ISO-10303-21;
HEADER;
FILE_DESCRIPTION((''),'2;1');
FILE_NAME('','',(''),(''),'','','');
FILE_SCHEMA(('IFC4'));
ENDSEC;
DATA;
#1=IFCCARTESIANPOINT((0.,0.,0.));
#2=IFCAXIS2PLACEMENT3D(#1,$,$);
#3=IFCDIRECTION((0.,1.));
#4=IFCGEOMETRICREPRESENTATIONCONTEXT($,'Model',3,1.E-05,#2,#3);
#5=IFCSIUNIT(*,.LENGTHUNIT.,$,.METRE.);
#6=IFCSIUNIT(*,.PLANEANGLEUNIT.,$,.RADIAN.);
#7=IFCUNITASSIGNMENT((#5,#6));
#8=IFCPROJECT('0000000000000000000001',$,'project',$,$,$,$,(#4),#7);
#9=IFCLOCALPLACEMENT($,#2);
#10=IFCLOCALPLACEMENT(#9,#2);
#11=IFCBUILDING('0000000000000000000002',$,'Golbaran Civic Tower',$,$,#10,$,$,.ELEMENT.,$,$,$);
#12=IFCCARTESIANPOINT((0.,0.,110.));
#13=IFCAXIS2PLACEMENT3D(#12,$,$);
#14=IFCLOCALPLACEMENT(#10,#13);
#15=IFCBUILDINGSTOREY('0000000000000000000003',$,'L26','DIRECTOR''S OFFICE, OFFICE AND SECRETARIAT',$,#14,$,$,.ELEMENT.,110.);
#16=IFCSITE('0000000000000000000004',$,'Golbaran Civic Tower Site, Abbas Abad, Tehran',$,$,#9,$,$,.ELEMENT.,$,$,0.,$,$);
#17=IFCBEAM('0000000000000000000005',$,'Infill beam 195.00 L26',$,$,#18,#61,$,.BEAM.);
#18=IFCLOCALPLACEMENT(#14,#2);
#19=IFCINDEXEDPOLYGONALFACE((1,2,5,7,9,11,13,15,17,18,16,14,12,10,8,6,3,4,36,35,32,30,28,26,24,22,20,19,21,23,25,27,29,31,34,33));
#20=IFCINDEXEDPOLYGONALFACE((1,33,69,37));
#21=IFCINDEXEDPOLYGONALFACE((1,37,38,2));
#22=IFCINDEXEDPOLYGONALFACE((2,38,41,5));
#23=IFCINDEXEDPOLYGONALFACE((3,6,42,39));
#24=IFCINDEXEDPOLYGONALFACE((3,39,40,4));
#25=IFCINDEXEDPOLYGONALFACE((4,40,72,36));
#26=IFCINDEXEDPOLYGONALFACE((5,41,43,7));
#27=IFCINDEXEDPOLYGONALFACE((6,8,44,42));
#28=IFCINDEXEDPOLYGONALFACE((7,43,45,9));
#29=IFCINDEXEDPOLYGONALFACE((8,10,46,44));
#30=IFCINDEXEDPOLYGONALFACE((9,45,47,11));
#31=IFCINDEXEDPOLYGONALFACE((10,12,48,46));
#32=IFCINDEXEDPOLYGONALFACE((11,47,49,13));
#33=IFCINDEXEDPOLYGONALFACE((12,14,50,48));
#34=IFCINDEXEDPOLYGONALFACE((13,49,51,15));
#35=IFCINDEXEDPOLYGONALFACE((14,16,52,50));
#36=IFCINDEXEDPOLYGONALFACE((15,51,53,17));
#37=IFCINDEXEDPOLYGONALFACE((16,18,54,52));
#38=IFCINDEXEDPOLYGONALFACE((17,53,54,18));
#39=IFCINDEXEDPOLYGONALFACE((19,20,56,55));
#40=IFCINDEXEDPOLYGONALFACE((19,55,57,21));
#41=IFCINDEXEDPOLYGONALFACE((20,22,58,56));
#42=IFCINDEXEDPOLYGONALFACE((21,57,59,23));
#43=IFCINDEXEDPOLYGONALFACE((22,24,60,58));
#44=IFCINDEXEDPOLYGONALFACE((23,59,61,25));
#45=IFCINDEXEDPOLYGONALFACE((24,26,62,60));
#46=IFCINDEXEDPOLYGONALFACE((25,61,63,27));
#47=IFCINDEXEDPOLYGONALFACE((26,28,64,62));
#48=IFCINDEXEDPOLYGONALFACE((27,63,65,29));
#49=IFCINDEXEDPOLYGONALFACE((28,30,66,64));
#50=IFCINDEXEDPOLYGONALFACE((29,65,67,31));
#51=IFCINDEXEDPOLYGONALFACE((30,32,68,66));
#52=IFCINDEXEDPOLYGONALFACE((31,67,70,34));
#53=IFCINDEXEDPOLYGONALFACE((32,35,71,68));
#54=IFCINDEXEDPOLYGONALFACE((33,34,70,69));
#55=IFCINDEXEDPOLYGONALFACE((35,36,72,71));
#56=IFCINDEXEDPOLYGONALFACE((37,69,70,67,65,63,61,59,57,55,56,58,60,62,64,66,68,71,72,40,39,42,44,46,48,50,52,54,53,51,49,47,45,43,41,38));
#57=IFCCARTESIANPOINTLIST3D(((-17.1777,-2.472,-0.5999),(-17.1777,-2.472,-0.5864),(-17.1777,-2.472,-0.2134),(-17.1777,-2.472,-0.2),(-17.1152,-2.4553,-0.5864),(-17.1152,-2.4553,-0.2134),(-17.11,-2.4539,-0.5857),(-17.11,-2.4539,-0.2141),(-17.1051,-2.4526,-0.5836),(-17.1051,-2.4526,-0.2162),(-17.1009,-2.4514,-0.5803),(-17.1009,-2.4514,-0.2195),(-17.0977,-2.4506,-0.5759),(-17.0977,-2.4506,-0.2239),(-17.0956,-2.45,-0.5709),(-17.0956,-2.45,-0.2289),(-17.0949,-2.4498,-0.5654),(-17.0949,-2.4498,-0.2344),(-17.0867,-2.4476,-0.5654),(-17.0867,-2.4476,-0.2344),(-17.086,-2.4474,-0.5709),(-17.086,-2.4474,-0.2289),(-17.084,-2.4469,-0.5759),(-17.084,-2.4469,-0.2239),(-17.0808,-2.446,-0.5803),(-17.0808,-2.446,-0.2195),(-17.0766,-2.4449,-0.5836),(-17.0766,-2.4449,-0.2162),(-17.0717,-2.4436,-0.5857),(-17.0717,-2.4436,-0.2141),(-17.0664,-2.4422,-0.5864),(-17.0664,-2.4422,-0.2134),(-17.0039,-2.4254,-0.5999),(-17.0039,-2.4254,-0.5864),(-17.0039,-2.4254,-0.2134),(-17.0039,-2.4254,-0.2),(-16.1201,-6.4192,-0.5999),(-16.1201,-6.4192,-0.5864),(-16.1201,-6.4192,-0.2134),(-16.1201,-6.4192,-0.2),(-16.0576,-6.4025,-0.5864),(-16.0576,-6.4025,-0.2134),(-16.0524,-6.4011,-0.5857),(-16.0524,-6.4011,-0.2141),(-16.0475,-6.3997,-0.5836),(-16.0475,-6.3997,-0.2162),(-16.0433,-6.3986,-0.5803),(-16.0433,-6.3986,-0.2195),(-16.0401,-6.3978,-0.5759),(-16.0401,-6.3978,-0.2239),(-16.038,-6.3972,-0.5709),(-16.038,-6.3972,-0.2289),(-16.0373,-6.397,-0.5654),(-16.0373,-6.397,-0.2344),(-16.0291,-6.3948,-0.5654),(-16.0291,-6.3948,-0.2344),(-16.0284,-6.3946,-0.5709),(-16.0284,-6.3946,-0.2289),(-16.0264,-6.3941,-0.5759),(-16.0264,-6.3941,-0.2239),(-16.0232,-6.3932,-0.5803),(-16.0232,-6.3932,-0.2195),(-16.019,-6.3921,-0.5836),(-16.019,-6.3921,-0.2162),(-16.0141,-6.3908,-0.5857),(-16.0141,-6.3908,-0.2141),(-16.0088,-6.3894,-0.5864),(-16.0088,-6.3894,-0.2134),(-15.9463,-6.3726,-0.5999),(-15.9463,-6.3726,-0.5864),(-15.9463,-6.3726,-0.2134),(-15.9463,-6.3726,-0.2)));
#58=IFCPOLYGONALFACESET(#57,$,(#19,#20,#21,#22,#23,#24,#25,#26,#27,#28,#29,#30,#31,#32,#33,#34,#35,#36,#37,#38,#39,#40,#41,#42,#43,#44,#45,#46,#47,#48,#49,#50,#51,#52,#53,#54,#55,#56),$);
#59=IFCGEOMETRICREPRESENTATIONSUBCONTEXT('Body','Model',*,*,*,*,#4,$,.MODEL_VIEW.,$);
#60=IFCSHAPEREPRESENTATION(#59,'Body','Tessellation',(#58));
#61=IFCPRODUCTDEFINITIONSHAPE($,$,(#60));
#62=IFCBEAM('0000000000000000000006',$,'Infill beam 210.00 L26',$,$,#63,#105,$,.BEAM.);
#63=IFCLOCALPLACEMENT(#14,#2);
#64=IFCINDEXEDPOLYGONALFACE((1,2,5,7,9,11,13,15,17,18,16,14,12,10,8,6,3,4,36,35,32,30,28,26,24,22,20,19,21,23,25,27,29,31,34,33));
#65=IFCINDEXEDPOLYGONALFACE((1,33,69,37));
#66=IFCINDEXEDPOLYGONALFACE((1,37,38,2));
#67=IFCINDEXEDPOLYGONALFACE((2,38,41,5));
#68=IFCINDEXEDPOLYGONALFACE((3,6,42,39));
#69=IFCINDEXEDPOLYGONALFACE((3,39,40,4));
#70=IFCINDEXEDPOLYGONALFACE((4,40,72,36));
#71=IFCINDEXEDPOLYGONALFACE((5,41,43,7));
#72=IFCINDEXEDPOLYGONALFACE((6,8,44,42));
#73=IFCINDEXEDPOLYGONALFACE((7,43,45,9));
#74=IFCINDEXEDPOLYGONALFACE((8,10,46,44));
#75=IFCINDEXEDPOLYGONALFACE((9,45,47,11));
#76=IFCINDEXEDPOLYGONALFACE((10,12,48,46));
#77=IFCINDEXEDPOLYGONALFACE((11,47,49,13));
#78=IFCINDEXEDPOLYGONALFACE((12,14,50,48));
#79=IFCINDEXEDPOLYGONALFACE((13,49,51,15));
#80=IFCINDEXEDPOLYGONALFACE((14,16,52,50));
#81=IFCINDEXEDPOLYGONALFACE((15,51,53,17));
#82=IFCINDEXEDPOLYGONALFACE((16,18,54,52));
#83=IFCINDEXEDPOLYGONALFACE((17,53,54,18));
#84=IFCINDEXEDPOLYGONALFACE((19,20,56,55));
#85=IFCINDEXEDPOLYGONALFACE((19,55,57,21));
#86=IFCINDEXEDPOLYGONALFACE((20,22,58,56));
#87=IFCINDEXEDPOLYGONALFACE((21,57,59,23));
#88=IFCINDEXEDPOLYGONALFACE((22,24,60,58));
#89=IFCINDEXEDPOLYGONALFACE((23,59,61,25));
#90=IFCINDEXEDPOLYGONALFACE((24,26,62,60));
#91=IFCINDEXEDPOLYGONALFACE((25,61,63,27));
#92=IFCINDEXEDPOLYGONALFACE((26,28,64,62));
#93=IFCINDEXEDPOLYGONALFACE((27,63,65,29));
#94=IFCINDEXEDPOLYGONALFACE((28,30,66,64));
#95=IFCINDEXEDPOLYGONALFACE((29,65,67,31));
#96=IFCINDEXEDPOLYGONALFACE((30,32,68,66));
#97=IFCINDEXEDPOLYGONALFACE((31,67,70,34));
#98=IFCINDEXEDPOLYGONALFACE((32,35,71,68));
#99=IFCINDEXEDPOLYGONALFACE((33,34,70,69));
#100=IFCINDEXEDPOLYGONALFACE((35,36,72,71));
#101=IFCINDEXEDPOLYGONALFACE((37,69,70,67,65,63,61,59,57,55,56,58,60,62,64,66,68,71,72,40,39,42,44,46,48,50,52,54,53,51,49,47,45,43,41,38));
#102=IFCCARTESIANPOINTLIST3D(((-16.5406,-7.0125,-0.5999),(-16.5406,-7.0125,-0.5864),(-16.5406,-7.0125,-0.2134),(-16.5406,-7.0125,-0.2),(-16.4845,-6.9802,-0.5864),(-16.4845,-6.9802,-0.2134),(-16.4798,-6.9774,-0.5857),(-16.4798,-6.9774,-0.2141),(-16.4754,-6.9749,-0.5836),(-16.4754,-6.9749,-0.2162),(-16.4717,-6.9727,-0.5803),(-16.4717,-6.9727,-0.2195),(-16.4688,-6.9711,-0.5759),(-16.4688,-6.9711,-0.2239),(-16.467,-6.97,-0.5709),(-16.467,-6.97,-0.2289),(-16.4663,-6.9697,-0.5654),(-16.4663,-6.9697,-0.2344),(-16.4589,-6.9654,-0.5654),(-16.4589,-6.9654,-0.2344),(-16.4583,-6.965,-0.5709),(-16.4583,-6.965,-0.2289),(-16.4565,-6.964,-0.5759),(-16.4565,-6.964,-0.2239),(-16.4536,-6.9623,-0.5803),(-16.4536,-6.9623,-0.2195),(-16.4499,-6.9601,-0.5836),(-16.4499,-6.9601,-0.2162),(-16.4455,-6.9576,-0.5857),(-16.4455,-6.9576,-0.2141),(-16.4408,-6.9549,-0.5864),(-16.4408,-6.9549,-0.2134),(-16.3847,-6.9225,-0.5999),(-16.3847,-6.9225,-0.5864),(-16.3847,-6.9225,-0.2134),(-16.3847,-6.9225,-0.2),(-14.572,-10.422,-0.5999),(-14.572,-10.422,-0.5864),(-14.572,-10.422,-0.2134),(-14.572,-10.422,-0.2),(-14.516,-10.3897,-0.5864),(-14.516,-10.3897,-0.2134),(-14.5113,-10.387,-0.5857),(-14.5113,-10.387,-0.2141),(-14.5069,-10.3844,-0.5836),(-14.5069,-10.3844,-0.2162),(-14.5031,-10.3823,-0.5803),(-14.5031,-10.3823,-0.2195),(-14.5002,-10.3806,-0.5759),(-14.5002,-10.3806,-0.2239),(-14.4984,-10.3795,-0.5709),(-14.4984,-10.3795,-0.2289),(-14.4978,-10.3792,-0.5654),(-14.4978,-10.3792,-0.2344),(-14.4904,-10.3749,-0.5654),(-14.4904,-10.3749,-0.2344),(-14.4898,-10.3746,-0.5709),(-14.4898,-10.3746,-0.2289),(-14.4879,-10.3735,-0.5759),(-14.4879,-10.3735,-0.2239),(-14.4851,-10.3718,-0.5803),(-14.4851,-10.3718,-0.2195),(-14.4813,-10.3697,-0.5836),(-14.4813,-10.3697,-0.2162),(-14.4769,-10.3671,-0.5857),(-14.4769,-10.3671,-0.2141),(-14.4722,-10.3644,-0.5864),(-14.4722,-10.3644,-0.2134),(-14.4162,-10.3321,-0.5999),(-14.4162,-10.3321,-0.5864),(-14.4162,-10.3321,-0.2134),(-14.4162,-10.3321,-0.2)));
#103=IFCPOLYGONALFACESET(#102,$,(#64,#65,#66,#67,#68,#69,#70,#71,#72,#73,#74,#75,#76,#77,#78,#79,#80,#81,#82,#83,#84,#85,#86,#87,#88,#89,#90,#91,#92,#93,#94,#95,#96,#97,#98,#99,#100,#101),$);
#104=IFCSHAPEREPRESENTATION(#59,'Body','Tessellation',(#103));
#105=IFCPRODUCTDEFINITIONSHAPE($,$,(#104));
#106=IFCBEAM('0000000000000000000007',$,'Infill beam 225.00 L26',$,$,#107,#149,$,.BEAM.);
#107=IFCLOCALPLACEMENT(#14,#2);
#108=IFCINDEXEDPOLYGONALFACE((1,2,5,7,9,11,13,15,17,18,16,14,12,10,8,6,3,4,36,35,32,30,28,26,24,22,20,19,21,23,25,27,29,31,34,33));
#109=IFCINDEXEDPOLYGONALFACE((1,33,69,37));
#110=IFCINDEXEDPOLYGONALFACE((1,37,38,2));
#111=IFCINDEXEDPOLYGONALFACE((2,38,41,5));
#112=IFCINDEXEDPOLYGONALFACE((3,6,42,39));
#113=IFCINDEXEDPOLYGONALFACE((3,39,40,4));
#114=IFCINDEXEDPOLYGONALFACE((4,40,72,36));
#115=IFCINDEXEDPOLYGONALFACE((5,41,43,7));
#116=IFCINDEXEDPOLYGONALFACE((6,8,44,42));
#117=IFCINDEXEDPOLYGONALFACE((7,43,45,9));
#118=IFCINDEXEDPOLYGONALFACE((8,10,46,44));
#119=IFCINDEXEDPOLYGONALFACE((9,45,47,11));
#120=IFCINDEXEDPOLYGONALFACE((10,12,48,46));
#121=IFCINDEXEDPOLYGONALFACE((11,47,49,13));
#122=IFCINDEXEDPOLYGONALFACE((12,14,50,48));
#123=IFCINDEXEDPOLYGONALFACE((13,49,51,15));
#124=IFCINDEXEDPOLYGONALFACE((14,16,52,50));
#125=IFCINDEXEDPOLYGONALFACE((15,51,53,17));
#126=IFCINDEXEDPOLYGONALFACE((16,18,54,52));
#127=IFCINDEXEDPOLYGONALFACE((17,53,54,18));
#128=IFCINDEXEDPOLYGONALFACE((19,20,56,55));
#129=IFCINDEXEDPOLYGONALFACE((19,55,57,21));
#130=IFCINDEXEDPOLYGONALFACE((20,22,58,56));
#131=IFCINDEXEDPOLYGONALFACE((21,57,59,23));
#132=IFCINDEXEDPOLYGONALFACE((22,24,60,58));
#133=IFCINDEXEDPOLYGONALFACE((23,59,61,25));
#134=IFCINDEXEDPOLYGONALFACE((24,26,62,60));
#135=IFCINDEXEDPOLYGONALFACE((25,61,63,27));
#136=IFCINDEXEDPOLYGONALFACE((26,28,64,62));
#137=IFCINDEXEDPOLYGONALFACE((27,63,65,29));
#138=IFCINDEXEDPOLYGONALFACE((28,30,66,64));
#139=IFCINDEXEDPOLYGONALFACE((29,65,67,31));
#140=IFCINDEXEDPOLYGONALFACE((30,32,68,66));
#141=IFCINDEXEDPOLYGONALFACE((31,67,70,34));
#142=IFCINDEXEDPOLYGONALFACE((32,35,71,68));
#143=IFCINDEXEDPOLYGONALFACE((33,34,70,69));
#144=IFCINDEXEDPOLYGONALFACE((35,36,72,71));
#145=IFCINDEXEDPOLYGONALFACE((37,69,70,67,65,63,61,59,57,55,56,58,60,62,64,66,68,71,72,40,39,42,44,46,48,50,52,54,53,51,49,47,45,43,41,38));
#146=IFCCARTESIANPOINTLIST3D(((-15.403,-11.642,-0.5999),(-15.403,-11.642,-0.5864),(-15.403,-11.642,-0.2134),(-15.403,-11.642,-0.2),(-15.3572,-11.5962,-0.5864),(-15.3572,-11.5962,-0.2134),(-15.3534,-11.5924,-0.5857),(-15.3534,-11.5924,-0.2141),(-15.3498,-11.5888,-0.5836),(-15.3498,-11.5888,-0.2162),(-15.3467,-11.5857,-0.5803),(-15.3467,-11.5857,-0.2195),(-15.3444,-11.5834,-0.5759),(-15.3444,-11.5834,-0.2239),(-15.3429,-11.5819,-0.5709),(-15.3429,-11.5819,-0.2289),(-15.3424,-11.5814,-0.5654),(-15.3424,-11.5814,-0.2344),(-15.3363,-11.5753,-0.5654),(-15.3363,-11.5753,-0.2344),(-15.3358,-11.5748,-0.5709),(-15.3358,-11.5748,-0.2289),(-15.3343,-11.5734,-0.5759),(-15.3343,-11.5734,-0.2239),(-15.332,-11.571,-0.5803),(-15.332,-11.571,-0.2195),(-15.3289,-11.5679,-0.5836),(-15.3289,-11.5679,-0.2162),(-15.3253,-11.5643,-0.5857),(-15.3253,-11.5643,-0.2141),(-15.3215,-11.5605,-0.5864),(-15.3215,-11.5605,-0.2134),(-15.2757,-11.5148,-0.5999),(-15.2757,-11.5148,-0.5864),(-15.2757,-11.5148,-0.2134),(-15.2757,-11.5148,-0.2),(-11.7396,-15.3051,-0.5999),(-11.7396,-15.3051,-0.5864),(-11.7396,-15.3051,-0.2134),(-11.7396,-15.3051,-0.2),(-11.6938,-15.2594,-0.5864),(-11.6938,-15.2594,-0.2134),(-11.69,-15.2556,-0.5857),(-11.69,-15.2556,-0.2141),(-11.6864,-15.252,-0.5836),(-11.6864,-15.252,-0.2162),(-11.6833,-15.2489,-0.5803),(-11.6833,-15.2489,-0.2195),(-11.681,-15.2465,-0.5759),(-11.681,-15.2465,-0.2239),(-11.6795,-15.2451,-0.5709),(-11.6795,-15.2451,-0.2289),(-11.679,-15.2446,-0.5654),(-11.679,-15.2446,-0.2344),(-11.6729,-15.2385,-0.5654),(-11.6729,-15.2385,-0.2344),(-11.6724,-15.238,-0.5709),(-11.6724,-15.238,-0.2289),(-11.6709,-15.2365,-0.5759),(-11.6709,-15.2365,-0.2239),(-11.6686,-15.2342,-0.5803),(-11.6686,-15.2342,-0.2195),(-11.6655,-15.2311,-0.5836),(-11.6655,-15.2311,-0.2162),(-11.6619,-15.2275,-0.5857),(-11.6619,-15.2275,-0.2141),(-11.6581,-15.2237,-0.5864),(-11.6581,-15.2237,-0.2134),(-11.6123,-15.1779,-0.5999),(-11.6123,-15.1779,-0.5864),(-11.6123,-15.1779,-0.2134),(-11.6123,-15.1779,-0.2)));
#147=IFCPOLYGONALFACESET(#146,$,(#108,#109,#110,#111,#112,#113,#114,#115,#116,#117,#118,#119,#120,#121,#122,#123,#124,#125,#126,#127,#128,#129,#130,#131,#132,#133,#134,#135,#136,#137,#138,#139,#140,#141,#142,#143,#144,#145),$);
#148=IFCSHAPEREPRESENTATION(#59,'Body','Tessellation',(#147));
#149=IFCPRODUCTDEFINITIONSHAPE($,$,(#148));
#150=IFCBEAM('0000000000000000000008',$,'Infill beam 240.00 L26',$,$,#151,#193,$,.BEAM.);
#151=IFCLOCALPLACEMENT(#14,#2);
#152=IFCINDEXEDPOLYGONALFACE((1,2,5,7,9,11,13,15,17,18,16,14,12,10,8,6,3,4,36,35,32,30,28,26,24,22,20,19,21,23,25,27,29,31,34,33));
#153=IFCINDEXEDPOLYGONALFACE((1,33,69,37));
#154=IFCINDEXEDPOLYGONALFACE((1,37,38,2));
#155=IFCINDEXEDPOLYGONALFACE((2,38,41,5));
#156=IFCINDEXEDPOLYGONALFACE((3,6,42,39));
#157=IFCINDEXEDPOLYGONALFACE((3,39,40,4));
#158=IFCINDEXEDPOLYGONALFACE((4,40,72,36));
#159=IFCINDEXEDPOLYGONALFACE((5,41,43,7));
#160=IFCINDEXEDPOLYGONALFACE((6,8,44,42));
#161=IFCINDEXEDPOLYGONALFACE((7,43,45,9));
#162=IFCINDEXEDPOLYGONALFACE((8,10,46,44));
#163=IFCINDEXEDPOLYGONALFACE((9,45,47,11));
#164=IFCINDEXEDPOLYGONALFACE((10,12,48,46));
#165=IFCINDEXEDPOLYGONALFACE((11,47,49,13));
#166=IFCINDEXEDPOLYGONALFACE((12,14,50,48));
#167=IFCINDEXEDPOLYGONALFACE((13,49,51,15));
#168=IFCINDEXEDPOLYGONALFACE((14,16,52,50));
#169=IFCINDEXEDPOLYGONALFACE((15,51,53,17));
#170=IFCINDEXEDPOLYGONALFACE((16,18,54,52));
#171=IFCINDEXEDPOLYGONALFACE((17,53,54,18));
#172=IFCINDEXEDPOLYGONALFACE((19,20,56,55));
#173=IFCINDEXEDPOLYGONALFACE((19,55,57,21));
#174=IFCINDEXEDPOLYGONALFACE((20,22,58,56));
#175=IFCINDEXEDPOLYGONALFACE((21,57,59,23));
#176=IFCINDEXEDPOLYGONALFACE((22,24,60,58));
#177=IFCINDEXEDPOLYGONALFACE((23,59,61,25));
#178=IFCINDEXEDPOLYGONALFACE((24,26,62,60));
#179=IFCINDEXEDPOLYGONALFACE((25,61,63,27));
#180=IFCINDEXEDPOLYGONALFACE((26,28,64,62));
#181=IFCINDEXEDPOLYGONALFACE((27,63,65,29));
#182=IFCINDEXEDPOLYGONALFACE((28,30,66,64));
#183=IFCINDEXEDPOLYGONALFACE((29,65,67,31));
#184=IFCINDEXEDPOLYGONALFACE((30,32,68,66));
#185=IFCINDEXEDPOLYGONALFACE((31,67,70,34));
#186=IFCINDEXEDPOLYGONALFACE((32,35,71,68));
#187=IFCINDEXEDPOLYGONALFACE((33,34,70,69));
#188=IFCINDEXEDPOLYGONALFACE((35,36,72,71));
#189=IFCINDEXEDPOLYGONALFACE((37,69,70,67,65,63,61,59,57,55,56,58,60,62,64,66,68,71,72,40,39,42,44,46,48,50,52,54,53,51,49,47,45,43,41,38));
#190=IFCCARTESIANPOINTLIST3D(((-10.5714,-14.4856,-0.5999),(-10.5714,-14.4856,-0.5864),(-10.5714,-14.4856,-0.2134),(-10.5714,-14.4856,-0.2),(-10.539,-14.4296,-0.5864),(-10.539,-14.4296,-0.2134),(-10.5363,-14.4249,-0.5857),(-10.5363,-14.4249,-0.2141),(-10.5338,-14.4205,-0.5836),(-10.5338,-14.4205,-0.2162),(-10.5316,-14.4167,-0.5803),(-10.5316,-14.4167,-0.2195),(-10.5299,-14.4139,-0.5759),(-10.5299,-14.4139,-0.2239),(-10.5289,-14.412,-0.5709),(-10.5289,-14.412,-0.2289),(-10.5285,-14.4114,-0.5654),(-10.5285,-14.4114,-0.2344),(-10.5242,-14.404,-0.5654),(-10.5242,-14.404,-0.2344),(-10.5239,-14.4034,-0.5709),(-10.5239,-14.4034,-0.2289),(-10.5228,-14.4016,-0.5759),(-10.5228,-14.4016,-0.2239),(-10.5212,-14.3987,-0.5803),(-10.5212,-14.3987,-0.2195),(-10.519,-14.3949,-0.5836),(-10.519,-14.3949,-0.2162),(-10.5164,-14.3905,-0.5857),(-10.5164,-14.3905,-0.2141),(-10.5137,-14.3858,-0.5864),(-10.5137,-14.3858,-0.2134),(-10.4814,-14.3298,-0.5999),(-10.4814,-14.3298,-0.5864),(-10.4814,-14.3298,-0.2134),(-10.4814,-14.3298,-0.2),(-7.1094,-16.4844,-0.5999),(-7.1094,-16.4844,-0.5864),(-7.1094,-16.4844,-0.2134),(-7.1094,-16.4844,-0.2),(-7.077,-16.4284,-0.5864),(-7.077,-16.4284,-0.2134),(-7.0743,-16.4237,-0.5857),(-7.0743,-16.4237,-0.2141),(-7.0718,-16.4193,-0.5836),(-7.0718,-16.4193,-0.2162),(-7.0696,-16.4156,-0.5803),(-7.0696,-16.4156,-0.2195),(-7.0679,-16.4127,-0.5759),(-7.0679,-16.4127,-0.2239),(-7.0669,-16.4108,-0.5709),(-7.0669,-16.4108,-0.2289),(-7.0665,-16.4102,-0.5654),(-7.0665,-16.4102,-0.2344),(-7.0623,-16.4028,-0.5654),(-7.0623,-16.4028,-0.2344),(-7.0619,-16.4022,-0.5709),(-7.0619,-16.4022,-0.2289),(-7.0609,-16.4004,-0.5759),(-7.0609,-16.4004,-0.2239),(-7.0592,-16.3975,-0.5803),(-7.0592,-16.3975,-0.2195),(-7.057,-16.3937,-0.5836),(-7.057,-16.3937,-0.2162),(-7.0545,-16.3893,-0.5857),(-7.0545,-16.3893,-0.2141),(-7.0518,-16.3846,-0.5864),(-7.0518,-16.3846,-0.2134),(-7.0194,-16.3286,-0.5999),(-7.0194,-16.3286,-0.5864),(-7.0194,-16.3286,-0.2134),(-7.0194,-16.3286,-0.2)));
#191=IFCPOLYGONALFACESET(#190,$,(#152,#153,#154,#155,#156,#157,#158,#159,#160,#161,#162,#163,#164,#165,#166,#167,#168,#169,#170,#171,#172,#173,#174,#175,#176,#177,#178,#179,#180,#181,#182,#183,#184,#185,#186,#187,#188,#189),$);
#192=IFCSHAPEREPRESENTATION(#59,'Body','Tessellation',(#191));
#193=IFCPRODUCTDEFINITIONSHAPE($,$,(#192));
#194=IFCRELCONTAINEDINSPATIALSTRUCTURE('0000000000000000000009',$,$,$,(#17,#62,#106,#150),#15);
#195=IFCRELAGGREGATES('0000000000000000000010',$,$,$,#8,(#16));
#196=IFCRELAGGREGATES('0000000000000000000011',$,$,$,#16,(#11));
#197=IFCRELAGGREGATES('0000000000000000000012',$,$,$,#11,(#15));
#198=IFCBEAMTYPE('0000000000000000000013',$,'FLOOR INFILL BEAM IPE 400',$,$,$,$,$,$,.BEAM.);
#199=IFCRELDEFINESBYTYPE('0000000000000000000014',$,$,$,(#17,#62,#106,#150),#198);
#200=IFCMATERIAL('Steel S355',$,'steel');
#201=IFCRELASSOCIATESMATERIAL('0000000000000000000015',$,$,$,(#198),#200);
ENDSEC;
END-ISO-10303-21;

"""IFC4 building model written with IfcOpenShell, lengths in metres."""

from ifc_helpers import new_model, si_unit, direction, frame, origin, origin_2d, place, context, subcontext, project, spatial, i_section, extrude, material, material_profile, profile_set, type_object, element, save


model = new_model("IFC4")

# Units and contexts
model_context = context("Model", 3, precision=1e-05, world=origin(), true_north=direction((0.0, 1.0)))
body_context = subcontext(model_context, "Body", "Model", "MODEL_VIEW")
ifc_project = project(units=[si_unit("LENGTHUNIT", "METRE"), si_unit("PLANEANGLEUNIT", "RADIAN")], contexts=[model_context])

# Site, building, storey
site_placement = place(None, origin())
site = spatial("IfcSite", under=ifc_project, at=site_placement, Name="Golbaran Civic Tower Site, Abbas Abad, Tehran", CompositionType="ELEMENT", RefElevation=0.0)
building_placement = place(site_placement, origin())
building = spatial("IfcBuilding", under=site, at=building_placement, Name="Golbaran Civic Tower", CompositionType="ELEMENT")
storey_placement = place(building_placement, frame((0.0, 0.0, 110.0)))
storey = spatial("IfcBuildingStorey", under=building, at=storey_placement, Name="L26", Description="DIRECTOR'S OFFICE, OFFICE AND SECRETARIAT", CompositionType="ELEMENT", Elevation=110.0)

# Beams
ifc_material_1 = material(Name="Steel S355", Category="steel")
ifc_material_profile_1 = material_profile(ifc_material_1, i_section(OverallWidth=0.1799, OverallDepth=0.3999, WebThickness=0.0085, FlangeThickness=0.0134, FilletRadius=0.021, at=origin_2d()), Name="IPE 400")
ifc_profile_set_1 = profile_set([ifc_material_profile_1], Name="Steel S355")
beam_type_1 = type_object("IfcBeamType", Name="FLOOR INFILL BEAM IPE 400", PredefinedType="BEAM", material=ifc_profile_set_1)
beam_1_placement = place(storey_placement, frame((-17.0908, -2.4487, -0.3999), z_axis=(0.258808, -0.965929, 0.0), x_axis=(0.965929, 0.258808, 0.0)))
element("IfcBeam", 1, at=beam_1_placement, inside=storey, type_object=beam_type_1, Name="Infill beam 195.00 L26", PredefinedType="BEAM", context=body_context, shape_type="SweptSolid", body=[
    extrude(i_section(OverallWidth=0.1799, OverallDepth=0.3999, WebThickness=0.0085, FlangeThickness=0.0134, FilletRadius=0.021, at=origin_2d()), origin(), (0.0, 0.0, 1.0), 4.0864),
])
beam_2_placement = place(storey_placement, frame((-16.4626, -6.9675, -0.3999), z_axis=(0.500014, -0.866017, 0.0), x_axis=(0.866017, 0.500014, 0.0)))
element("IfcBeam", 2, at=beam_2_placement, inside=storey, type_object=beam_type_1, Name="Infill beam 210.00 L26", PredefinedType="BEAM", context=body_context, shape_type="SweptSolid", body=[
    extrude(i_section(OverallWidth=0.1799, OverallDepth=0.3999, WebThickness=0.0085, FlangeThickness=0.0134, FilletRadius=0.021, at=origin_2d()), origin(), (0.0, 0.0, 1.0), 3.937),
])
beam_3_placement = place(storey_placement, frame((-15.3394, -11.5784, -0.3999), z_axis=(0.70713, -0.707083, 0.0), x_axis=(0.707083, 0.70713, 0.0)))
element("IfcBeam", 3, at=beam_3_placement, inside=storey, type_object=beam_type_1, Name="Infill beam 225.00 L26", PredefinedType="BEAM", context=body_context, shape_type="SweptSolid", body=[
    extrude(i_section(OverallWidth=0.1799, OverallDepth=0.3999, WebThickness=0.0085, FlangeThickness=0.0134, FilletRadius=0.021, at=origin_2d()), origin(), (0.0, 0.0, 1.0), 5.1807),
])
beam_4_placement = place(storey_placement, frame((-10.5264, -14.4077, -0.3999), z_axis=(0.866021, -0.500008, 0.0), x_axis=(0.500008, 0.866021, 0.0)))
element("IfcBeam", 4, at=beam_4_placement, inside=storey, type_object=beam_type_1, Name="Infill beam 240.00 L26", PredefinedType="BEAM", context=body_context, shape_type="SweptSolid", body=[
    extrude(i_section(OverallWidth=0.1799, OverallDepth=0.3999, WebThickness=0.0085, FlangeThickness=0.0134, FilletRadius=0.021, at=origin_2d()), origin(), (0.0, 0.0, 1.0), 3.9976),
])

save(model, "model.ifc")
